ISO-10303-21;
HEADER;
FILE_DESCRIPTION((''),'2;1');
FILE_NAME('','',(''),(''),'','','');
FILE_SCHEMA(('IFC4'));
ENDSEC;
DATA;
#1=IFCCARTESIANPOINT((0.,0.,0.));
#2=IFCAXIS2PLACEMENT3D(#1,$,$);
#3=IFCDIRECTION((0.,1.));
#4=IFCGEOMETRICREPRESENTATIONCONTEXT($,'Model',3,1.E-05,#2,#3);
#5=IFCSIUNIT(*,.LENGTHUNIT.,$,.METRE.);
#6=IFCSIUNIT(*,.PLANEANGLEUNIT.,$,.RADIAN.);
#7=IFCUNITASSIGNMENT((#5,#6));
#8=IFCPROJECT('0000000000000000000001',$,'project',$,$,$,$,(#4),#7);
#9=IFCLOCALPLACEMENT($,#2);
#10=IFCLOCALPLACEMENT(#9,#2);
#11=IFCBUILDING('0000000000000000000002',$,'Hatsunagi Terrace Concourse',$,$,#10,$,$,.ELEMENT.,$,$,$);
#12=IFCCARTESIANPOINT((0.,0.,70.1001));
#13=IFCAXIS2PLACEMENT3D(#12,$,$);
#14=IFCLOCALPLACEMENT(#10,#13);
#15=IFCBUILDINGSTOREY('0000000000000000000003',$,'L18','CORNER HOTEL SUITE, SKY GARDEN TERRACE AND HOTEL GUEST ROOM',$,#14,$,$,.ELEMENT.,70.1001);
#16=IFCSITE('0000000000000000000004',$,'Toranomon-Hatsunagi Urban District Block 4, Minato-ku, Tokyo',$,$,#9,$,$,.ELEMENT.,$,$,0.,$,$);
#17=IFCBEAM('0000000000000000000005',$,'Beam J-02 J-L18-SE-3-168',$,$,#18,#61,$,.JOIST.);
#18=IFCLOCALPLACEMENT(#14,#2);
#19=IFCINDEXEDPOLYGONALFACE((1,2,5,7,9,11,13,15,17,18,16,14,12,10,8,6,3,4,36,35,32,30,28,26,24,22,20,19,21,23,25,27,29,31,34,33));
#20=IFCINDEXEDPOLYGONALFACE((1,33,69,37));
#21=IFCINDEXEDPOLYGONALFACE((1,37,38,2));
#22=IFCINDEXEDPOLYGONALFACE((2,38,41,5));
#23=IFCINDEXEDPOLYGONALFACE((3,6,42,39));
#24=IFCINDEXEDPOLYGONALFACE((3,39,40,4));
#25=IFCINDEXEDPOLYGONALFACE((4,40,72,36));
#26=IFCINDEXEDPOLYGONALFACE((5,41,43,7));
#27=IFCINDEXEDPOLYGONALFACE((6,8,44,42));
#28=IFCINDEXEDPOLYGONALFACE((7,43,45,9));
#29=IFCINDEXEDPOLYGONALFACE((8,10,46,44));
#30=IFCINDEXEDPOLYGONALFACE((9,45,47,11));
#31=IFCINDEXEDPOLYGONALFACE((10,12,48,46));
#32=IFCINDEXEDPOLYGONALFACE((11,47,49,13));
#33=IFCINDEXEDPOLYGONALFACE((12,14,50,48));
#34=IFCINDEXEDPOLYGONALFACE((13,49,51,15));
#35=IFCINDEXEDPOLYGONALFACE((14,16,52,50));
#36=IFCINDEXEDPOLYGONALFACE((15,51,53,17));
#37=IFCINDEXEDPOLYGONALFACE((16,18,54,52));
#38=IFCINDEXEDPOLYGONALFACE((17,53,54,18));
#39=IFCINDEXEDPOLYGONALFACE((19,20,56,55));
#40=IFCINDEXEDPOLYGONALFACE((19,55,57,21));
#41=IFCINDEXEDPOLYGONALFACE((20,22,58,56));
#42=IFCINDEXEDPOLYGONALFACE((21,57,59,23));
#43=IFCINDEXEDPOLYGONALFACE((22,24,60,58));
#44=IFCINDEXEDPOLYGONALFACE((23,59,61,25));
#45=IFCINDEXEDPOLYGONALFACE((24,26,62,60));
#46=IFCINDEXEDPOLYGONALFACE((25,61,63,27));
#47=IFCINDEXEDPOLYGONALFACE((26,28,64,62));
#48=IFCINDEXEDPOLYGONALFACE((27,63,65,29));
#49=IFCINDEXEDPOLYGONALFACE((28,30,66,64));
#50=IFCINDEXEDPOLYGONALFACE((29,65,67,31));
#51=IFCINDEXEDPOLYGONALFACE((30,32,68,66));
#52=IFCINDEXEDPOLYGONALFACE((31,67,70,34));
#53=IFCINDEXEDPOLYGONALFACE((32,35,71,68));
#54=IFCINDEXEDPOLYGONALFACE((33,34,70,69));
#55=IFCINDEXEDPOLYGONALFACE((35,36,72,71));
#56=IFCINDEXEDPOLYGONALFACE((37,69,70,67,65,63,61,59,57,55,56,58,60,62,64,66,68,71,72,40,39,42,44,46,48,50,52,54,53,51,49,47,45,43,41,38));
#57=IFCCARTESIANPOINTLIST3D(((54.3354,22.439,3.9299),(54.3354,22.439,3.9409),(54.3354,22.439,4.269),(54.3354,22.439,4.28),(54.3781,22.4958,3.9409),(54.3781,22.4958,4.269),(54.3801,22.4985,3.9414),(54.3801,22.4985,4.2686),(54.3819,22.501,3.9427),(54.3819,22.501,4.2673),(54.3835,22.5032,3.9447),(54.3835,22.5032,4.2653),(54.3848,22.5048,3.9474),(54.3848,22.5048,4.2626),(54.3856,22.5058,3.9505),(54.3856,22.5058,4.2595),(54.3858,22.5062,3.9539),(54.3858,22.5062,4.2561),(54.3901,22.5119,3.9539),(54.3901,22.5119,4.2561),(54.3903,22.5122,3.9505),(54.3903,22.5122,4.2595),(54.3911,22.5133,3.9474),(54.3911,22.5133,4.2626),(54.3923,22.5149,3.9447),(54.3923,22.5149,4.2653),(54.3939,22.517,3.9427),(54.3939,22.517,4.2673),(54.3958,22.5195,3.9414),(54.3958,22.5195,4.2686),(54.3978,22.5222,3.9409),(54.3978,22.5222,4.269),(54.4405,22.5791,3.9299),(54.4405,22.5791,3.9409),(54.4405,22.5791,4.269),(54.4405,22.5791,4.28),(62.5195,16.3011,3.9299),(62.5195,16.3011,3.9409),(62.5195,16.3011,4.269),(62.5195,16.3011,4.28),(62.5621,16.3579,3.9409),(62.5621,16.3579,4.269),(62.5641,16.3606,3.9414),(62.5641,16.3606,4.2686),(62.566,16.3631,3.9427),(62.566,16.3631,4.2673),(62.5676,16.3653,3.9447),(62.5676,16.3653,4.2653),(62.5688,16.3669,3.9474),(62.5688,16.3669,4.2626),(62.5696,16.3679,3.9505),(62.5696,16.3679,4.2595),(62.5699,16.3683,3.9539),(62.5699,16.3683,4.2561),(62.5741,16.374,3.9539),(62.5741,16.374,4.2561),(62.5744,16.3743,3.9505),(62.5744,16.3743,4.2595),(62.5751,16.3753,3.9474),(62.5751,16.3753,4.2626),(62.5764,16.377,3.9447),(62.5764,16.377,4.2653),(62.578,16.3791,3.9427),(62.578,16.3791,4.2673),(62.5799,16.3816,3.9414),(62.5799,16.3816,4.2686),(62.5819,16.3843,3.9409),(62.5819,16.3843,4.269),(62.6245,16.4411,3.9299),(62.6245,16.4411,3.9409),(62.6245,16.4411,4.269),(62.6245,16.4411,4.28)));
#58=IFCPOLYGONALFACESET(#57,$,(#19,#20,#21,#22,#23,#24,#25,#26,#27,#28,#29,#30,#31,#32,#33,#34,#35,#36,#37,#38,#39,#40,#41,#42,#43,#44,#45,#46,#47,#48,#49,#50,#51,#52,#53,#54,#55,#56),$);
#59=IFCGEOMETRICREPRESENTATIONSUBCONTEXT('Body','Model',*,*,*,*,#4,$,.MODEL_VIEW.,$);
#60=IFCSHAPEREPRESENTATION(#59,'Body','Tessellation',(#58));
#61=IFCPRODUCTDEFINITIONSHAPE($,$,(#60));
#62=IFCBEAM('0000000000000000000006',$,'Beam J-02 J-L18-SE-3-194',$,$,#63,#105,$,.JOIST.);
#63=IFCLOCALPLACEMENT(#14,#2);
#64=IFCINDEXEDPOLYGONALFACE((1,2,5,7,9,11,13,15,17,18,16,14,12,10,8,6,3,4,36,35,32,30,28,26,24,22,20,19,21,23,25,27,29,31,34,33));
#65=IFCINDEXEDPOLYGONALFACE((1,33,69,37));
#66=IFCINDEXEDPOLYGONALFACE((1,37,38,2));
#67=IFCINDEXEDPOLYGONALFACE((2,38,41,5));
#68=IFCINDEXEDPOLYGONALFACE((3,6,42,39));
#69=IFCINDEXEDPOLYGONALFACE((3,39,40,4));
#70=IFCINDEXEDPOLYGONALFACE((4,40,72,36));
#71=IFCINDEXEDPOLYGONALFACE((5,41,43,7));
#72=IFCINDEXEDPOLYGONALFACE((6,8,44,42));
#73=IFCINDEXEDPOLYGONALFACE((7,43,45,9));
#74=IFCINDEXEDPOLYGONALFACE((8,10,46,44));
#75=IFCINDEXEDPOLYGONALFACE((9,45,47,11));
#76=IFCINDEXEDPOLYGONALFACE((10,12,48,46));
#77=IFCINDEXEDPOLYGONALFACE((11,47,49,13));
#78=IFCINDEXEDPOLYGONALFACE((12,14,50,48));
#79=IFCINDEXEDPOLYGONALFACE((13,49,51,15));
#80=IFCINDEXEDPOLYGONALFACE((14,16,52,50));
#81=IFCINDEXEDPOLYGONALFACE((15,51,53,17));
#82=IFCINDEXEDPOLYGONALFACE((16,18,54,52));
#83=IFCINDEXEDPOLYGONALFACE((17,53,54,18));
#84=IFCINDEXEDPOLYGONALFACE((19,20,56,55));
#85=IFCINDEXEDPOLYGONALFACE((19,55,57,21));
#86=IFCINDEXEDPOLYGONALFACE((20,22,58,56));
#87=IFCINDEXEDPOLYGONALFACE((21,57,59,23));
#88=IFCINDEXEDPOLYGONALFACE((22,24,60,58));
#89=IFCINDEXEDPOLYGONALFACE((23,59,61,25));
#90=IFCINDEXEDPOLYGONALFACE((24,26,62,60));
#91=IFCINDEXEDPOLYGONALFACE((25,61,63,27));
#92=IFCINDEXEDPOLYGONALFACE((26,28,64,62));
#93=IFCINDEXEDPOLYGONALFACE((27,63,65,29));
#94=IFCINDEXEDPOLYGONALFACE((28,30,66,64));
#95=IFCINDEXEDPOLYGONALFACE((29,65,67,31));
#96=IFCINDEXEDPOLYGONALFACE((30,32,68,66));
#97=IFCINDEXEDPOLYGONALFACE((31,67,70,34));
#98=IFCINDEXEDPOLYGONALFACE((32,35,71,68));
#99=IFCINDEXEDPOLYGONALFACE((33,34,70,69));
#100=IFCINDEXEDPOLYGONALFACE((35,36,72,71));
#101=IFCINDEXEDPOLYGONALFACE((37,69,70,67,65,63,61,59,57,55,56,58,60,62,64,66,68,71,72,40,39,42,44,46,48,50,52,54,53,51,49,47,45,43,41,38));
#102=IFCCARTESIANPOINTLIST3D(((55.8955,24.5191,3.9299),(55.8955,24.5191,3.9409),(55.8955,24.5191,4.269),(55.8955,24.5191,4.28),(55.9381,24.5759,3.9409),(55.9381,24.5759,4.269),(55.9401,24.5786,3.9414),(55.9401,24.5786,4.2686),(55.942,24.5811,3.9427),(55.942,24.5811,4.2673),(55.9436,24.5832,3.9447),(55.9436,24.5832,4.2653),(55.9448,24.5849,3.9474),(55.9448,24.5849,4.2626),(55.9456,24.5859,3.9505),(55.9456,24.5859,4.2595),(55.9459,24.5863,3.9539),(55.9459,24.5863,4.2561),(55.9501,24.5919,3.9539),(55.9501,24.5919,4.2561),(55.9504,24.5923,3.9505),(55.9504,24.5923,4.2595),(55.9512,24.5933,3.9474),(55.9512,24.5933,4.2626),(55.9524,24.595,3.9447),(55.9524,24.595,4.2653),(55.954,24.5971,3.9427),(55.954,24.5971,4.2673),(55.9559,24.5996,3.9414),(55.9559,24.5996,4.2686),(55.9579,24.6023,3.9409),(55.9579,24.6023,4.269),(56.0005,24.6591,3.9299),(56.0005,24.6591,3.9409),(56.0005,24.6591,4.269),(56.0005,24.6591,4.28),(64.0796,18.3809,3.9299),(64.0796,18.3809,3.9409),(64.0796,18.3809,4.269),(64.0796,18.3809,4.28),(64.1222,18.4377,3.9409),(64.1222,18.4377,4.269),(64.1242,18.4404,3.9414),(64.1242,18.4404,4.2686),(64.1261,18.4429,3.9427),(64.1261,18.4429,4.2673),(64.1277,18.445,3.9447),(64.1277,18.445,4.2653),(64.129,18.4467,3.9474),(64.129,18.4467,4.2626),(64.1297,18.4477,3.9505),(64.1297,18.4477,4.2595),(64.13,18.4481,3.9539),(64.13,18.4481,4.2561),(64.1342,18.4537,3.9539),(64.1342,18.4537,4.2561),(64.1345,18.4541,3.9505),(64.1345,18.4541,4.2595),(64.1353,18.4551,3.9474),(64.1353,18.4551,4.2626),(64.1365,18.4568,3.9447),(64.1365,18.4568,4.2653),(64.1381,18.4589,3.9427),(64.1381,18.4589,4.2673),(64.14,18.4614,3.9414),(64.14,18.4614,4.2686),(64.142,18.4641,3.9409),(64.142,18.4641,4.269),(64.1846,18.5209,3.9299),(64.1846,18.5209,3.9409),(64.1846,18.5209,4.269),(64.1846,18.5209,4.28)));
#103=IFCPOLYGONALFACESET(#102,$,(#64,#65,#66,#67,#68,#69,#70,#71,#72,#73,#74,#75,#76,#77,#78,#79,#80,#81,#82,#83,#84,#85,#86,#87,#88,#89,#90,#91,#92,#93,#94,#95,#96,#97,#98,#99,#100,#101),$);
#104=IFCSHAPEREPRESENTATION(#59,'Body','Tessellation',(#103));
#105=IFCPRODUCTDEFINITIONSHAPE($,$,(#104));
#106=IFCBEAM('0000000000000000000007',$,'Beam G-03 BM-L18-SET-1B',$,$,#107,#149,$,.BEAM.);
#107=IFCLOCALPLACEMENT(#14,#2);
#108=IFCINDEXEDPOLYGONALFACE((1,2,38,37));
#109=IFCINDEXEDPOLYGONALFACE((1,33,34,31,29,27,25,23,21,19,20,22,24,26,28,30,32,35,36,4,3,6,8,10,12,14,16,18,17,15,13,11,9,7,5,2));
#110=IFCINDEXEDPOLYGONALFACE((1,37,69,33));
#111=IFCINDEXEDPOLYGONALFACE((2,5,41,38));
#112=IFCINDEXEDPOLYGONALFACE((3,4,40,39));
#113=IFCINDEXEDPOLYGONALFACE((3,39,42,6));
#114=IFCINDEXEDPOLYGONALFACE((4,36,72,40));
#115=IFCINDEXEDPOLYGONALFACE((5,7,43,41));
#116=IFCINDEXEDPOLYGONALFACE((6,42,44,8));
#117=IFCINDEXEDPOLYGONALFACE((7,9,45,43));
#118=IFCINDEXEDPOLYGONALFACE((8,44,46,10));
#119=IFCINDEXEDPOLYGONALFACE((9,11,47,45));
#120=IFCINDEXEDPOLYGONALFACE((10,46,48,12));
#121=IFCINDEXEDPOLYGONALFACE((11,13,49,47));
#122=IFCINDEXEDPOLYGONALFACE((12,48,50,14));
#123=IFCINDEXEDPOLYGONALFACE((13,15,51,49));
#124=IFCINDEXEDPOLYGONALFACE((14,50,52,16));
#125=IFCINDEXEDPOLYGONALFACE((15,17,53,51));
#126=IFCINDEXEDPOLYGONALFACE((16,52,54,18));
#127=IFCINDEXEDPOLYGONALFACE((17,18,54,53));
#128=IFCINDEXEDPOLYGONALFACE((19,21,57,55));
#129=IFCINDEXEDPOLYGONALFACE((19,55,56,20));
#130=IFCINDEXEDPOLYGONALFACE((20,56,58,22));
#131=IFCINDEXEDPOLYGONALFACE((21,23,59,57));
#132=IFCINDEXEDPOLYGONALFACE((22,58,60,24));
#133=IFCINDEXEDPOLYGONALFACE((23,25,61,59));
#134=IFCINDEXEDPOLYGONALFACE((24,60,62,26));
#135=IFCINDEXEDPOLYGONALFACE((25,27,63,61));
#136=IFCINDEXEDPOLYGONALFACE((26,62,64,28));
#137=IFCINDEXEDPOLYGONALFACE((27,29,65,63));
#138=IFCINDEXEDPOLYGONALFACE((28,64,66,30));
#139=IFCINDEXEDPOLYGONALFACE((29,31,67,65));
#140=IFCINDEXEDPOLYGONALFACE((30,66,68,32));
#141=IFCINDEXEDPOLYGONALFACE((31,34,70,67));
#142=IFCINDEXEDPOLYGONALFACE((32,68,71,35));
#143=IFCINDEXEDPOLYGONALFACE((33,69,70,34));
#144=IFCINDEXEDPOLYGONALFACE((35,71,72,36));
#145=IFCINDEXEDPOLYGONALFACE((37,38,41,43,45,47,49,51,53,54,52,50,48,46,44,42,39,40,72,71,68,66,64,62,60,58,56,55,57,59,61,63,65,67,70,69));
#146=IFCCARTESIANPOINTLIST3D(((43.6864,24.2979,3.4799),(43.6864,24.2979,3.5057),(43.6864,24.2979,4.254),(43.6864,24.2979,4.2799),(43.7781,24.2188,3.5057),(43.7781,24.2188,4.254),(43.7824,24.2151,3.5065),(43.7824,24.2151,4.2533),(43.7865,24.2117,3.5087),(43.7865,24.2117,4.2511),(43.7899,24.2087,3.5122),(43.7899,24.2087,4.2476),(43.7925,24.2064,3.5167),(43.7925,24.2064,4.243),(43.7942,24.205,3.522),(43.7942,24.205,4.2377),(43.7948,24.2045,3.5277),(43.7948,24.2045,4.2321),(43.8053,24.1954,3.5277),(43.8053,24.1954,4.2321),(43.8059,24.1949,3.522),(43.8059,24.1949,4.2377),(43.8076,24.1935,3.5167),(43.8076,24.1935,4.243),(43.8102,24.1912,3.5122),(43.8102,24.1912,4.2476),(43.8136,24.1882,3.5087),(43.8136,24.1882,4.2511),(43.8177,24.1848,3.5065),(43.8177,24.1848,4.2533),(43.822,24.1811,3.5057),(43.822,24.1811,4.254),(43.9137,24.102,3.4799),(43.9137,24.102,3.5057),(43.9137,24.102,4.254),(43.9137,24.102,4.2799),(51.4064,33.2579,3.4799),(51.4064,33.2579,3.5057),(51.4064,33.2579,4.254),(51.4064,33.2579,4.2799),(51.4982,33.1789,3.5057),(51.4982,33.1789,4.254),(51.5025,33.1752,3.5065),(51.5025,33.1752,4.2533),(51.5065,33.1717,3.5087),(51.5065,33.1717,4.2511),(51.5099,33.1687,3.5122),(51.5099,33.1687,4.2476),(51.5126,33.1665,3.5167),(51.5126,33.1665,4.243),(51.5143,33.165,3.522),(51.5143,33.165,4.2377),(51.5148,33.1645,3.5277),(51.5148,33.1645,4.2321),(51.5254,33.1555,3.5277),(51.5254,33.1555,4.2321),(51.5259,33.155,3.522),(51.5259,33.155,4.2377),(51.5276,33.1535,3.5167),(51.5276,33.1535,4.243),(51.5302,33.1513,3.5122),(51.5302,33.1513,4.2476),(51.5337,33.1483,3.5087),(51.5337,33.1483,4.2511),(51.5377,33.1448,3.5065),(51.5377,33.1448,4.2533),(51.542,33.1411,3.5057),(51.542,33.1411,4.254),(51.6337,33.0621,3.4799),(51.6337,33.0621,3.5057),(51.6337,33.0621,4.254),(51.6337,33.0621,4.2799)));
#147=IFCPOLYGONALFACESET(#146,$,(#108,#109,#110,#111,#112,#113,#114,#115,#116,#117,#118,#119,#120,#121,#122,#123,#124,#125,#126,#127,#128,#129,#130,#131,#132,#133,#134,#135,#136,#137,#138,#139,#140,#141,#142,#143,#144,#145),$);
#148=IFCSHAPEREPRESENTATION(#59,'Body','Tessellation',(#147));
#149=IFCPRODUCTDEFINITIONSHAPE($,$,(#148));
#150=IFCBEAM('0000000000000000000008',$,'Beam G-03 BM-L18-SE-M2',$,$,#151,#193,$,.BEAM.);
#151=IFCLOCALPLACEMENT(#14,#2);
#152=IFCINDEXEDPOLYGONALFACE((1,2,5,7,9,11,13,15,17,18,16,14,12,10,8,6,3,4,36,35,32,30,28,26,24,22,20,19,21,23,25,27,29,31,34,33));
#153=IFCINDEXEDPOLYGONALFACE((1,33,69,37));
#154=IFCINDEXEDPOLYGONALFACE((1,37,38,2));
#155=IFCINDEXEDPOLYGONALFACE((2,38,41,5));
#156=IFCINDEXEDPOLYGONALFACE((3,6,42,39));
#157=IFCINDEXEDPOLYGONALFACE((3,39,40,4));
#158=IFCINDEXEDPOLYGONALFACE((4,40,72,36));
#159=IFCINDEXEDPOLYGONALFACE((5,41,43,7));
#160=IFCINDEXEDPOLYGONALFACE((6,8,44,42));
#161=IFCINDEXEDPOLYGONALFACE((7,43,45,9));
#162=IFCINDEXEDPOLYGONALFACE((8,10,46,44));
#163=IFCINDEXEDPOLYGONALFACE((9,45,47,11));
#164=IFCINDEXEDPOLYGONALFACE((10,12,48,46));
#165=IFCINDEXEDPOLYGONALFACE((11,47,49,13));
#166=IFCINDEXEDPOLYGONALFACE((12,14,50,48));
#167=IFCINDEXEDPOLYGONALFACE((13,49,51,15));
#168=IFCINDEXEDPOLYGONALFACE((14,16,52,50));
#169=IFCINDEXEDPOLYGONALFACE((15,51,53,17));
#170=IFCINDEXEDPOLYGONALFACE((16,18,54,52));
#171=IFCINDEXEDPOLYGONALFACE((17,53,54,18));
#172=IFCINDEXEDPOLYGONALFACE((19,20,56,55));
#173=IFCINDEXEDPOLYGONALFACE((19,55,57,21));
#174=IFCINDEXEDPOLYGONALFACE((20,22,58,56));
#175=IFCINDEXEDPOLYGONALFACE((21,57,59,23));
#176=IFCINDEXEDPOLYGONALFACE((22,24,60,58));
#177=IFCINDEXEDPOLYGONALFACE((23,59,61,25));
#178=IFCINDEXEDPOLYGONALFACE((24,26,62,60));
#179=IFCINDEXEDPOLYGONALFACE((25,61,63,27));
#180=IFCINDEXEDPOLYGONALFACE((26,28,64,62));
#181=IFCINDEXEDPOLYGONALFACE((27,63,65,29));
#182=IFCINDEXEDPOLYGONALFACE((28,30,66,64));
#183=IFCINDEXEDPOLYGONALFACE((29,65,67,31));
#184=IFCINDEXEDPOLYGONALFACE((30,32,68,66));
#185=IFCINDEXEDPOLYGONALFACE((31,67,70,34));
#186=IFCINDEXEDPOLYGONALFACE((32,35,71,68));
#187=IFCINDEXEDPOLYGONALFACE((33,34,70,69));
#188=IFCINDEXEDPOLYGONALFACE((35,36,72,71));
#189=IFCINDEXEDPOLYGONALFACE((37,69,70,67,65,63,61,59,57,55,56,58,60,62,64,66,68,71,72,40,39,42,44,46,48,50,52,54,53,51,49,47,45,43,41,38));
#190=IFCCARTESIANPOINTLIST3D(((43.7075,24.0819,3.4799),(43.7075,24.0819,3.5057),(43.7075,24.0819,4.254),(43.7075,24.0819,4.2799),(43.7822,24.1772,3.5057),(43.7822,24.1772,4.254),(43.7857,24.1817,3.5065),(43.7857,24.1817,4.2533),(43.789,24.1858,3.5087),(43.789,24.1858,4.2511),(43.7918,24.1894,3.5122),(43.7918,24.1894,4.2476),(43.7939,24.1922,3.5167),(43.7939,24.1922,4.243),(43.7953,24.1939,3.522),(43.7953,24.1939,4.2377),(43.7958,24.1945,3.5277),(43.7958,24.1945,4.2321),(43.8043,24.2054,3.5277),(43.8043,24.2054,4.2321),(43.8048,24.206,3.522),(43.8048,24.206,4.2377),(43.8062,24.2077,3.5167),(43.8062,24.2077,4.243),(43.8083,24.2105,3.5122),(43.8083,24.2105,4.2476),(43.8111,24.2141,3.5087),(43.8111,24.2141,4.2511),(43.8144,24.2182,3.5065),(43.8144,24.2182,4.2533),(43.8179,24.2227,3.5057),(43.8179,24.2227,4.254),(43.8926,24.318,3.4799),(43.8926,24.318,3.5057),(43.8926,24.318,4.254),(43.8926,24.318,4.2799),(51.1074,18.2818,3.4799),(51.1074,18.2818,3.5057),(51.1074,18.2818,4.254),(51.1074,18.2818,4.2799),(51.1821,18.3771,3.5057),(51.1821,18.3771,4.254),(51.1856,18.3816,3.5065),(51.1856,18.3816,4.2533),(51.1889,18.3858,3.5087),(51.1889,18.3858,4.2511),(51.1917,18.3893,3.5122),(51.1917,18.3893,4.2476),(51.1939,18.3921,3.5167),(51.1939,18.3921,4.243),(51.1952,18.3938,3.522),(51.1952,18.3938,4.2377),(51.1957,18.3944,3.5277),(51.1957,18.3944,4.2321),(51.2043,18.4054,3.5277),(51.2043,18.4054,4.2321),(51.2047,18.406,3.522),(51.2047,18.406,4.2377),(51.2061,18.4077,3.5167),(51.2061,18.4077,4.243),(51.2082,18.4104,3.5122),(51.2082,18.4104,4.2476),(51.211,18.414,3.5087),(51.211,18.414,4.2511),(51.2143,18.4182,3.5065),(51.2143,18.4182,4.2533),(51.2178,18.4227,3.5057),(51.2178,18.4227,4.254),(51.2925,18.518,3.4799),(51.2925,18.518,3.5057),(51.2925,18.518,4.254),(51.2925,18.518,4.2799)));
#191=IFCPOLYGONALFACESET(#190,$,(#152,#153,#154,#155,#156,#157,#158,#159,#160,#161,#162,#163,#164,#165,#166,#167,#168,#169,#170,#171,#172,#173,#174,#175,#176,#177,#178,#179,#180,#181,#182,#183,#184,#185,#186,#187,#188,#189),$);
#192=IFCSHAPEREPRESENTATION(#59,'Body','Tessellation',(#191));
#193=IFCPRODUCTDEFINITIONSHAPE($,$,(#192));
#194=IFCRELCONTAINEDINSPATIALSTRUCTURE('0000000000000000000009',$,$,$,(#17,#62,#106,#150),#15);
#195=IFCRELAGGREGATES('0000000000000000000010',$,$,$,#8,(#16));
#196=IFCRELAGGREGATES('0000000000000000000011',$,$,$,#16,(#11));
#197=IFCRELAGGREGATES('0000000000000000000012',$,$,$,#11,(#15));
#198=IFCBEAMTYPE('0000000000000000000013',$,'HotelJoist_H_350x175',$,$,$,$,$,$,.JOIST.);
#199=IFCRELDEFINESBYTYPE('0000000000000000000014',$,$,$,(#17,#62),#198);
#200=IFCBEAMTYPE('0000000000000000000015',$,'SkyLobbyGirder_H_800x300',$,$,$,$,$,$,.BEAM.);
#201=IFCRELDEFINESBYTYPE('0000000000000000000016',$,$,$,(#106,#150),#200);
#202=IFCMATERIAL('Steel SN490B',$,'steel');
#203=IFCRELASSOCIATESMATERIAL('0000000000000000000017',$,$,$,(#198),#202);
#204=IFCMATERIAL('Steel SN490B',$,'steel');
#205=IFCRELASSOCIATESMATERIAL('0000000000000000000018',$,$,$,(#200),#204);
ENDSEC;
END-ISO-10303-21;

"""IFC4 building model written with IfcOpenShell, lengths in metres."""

from ifc_helpers import new_model, si_unit, direction, frame, origin, origin_2d, place, context, subcontext, project, spatial, i_section, extrude, material, material_profile, profile_set, type_object, element, save


model = new_model("IFC4")

# Units and contexts
model_context = context("Model", 3, precision=1e-05, world=origin(), true_north=direction((0.0, 1.0)))
body_context = subcontext(model_context, "Body", "Model", "MODEL_VIEW")
ifc_project = project(units=[si_unit("LENGTHUNIT", "METRE"), si_unit("PLANEANGLEUNIT", "RADIAN")], contexts=[model_context])

# Site, building, storey
site_placement = place(None, origin())
site = spatial("IfcSite", under=ifc_project, at=site_placement, Name="Toranomon-Hatsunagi Urban District Block 4, Minato-ku, Tokyo", CompositionType="ELEMENT", RefElevation=0.0)
building_placement = place(site_placement, origin())
building = spatial("IfcBuilding", under=site, at=building_placement, Name="Hatsunagi Terrace Concourse", CompositionType="ELEMENT")
storey_placement = place(building_placement, frame((0.0, 0.0, 70.1001)))
storey = spatial("IfcBuildingStorey", under=building, at=storey_placement, Name="L18", Description="CORNER HOTEL SUITE, SKY GARDEN TERRACE AND HOTEL GUEST ROOM", CompositionType="ELEMENT", Elevation=70.1001)

# Beams
ifc_material_1 = material(Name="Steel SN490B", Category="steel")
ifc_material_profile_1 = material_profile(ifc_material_1, i_section(OverallWidth=0.175, OverallDepth=0.3501, WebThickness=0.0071, FlangeThickness=0.011, FilletRadius=0.0129, at=origin_2d()), Name="H-350x175x7x11")
ifc_profile_set_1 = profile_set([ifc_material_profile_1], Name="Steel SN490B")
beam_type_1 = type_object("IfcBeamType", Name="HotelJoist_H_350x175", PredefinedType="JOIST", material=ifc_profile_set_1)
for number, where, z_axis, x_axis, name in (
    (1, (54.3879, 22.509, 4.105), (0.800006, -0.599992, 0.0), (0.599992, 0.800006, 0.0), "Beam J-02 J-L18-SE-3-168"),
):
    element("IfcBeam", number, at=place(storey_placement, frame(where, z_axis=z_axis, x_axis=x_axis)), inside=storey, type_object=beam_type_1, Name=name, PredefinedType="JOIST", context=body_context, shape_type="SweptSolid", body=[
        extrude(i_section(OverallWidth=0.175, OverallDepth=0.3501, WebThickness=0.0071, FlangeThickness=0.011, FilletRadius=0.0129, at=origin_2d()), origin(), (0.0, 0.0, 1.0), 10.23),
    ])
beam_1_placement = place(storey_placement, frame((55.948, 24.5891, 4.105), z_axis=(0.799994, -0.600008, 0.0), x_axis=(0.600008, 0.799994, 0.0)))
element("IfcBeam", 2, at=beam_1_placement, inside=storey, type_object=beam_type_1, Name="Beam J-02 J-L18-SE-3-194", PredefinedType="JOIST", context=body_context, shape_type="SweptSolid", body=[
    extrude(i_section(OverallWidth=0.175, OverallDepth=0.3501, WebThickness=0.0071, FlangeThickness=0.011, FilletRadius=0.0129, at=origin_2d()), origin(), (0.0, 0.0, 1.0), 10.2302),
])
ifc_material_2 = material(Name="Steel SN490B", Category="steel")
ifc_material_profile_2 = material_profile(ifc_material_2, i_section(OverallWidth=0.3, OverallDepth=0.8, WebThickness=0.0139, FlangeThickness=0.0259, FilletRadius=0.022, at=origin_2d()), Name="H-800x300x14x26")
ifc_profile_set_2 = profile_set([ifc_material_profile_2], Name="Steel SN490B")
beam_type_2 = type_object("IfcBeamType", Name="SkyLobbyGirder_H_800x300", PredefinedType="BEAM", material=ifc_profile_set_2)
beam_2_placement = place(storey_placement, frame((43.8, 24.2, 3.8799), z_axis=(0.652739, 0.757583, 0.0), x_axis=(-0.757583, 0.652739, 0.0)))
element("IfcBeam", 3, at=beam_2_placement, inside=storey, type_object=beam_type_2, Name="Beam G-03 BM-L18-SET-1B", PredefinedType="BEAM", context=body_context, shape_type="SweptSolid", body=[
    extrude(i_section(OverallWidth=0.3, OverallDepth=0.8, WebThickness=0.0139, FlangeThickness=0.0259, FilletRadius=0.022, at=origin_2d()), origin(), (0.0, 0.0, 1.0), 11.8271),
])
beam_3_placement = place(storey_placement, frame((43.8, 24.2, 3.8799), z_axis=(0.787049, -0.61689, 0.0), x_axis=(0.61689, 0.787049, 0.0)))
element("IfcBeam", 4, at=beam_3_placement, inside=storey, type_object=beam_type_2, Name="Beam G-03 BM-L18-SE-M2", PredefinedType="BEAM", context=body_context, shape_type="SweptSolid", body=[
    extrude(i_section(OverallWidth=0.3, OverallDepth=0.8, WebThickness=0.0139, FlangeThickness=0.0259, FilletRadius=0.022, at=origin_2d()), origin(), (0.0, 0.0, 1.0), 9.4021),
])

save(model, "model.ifc")
